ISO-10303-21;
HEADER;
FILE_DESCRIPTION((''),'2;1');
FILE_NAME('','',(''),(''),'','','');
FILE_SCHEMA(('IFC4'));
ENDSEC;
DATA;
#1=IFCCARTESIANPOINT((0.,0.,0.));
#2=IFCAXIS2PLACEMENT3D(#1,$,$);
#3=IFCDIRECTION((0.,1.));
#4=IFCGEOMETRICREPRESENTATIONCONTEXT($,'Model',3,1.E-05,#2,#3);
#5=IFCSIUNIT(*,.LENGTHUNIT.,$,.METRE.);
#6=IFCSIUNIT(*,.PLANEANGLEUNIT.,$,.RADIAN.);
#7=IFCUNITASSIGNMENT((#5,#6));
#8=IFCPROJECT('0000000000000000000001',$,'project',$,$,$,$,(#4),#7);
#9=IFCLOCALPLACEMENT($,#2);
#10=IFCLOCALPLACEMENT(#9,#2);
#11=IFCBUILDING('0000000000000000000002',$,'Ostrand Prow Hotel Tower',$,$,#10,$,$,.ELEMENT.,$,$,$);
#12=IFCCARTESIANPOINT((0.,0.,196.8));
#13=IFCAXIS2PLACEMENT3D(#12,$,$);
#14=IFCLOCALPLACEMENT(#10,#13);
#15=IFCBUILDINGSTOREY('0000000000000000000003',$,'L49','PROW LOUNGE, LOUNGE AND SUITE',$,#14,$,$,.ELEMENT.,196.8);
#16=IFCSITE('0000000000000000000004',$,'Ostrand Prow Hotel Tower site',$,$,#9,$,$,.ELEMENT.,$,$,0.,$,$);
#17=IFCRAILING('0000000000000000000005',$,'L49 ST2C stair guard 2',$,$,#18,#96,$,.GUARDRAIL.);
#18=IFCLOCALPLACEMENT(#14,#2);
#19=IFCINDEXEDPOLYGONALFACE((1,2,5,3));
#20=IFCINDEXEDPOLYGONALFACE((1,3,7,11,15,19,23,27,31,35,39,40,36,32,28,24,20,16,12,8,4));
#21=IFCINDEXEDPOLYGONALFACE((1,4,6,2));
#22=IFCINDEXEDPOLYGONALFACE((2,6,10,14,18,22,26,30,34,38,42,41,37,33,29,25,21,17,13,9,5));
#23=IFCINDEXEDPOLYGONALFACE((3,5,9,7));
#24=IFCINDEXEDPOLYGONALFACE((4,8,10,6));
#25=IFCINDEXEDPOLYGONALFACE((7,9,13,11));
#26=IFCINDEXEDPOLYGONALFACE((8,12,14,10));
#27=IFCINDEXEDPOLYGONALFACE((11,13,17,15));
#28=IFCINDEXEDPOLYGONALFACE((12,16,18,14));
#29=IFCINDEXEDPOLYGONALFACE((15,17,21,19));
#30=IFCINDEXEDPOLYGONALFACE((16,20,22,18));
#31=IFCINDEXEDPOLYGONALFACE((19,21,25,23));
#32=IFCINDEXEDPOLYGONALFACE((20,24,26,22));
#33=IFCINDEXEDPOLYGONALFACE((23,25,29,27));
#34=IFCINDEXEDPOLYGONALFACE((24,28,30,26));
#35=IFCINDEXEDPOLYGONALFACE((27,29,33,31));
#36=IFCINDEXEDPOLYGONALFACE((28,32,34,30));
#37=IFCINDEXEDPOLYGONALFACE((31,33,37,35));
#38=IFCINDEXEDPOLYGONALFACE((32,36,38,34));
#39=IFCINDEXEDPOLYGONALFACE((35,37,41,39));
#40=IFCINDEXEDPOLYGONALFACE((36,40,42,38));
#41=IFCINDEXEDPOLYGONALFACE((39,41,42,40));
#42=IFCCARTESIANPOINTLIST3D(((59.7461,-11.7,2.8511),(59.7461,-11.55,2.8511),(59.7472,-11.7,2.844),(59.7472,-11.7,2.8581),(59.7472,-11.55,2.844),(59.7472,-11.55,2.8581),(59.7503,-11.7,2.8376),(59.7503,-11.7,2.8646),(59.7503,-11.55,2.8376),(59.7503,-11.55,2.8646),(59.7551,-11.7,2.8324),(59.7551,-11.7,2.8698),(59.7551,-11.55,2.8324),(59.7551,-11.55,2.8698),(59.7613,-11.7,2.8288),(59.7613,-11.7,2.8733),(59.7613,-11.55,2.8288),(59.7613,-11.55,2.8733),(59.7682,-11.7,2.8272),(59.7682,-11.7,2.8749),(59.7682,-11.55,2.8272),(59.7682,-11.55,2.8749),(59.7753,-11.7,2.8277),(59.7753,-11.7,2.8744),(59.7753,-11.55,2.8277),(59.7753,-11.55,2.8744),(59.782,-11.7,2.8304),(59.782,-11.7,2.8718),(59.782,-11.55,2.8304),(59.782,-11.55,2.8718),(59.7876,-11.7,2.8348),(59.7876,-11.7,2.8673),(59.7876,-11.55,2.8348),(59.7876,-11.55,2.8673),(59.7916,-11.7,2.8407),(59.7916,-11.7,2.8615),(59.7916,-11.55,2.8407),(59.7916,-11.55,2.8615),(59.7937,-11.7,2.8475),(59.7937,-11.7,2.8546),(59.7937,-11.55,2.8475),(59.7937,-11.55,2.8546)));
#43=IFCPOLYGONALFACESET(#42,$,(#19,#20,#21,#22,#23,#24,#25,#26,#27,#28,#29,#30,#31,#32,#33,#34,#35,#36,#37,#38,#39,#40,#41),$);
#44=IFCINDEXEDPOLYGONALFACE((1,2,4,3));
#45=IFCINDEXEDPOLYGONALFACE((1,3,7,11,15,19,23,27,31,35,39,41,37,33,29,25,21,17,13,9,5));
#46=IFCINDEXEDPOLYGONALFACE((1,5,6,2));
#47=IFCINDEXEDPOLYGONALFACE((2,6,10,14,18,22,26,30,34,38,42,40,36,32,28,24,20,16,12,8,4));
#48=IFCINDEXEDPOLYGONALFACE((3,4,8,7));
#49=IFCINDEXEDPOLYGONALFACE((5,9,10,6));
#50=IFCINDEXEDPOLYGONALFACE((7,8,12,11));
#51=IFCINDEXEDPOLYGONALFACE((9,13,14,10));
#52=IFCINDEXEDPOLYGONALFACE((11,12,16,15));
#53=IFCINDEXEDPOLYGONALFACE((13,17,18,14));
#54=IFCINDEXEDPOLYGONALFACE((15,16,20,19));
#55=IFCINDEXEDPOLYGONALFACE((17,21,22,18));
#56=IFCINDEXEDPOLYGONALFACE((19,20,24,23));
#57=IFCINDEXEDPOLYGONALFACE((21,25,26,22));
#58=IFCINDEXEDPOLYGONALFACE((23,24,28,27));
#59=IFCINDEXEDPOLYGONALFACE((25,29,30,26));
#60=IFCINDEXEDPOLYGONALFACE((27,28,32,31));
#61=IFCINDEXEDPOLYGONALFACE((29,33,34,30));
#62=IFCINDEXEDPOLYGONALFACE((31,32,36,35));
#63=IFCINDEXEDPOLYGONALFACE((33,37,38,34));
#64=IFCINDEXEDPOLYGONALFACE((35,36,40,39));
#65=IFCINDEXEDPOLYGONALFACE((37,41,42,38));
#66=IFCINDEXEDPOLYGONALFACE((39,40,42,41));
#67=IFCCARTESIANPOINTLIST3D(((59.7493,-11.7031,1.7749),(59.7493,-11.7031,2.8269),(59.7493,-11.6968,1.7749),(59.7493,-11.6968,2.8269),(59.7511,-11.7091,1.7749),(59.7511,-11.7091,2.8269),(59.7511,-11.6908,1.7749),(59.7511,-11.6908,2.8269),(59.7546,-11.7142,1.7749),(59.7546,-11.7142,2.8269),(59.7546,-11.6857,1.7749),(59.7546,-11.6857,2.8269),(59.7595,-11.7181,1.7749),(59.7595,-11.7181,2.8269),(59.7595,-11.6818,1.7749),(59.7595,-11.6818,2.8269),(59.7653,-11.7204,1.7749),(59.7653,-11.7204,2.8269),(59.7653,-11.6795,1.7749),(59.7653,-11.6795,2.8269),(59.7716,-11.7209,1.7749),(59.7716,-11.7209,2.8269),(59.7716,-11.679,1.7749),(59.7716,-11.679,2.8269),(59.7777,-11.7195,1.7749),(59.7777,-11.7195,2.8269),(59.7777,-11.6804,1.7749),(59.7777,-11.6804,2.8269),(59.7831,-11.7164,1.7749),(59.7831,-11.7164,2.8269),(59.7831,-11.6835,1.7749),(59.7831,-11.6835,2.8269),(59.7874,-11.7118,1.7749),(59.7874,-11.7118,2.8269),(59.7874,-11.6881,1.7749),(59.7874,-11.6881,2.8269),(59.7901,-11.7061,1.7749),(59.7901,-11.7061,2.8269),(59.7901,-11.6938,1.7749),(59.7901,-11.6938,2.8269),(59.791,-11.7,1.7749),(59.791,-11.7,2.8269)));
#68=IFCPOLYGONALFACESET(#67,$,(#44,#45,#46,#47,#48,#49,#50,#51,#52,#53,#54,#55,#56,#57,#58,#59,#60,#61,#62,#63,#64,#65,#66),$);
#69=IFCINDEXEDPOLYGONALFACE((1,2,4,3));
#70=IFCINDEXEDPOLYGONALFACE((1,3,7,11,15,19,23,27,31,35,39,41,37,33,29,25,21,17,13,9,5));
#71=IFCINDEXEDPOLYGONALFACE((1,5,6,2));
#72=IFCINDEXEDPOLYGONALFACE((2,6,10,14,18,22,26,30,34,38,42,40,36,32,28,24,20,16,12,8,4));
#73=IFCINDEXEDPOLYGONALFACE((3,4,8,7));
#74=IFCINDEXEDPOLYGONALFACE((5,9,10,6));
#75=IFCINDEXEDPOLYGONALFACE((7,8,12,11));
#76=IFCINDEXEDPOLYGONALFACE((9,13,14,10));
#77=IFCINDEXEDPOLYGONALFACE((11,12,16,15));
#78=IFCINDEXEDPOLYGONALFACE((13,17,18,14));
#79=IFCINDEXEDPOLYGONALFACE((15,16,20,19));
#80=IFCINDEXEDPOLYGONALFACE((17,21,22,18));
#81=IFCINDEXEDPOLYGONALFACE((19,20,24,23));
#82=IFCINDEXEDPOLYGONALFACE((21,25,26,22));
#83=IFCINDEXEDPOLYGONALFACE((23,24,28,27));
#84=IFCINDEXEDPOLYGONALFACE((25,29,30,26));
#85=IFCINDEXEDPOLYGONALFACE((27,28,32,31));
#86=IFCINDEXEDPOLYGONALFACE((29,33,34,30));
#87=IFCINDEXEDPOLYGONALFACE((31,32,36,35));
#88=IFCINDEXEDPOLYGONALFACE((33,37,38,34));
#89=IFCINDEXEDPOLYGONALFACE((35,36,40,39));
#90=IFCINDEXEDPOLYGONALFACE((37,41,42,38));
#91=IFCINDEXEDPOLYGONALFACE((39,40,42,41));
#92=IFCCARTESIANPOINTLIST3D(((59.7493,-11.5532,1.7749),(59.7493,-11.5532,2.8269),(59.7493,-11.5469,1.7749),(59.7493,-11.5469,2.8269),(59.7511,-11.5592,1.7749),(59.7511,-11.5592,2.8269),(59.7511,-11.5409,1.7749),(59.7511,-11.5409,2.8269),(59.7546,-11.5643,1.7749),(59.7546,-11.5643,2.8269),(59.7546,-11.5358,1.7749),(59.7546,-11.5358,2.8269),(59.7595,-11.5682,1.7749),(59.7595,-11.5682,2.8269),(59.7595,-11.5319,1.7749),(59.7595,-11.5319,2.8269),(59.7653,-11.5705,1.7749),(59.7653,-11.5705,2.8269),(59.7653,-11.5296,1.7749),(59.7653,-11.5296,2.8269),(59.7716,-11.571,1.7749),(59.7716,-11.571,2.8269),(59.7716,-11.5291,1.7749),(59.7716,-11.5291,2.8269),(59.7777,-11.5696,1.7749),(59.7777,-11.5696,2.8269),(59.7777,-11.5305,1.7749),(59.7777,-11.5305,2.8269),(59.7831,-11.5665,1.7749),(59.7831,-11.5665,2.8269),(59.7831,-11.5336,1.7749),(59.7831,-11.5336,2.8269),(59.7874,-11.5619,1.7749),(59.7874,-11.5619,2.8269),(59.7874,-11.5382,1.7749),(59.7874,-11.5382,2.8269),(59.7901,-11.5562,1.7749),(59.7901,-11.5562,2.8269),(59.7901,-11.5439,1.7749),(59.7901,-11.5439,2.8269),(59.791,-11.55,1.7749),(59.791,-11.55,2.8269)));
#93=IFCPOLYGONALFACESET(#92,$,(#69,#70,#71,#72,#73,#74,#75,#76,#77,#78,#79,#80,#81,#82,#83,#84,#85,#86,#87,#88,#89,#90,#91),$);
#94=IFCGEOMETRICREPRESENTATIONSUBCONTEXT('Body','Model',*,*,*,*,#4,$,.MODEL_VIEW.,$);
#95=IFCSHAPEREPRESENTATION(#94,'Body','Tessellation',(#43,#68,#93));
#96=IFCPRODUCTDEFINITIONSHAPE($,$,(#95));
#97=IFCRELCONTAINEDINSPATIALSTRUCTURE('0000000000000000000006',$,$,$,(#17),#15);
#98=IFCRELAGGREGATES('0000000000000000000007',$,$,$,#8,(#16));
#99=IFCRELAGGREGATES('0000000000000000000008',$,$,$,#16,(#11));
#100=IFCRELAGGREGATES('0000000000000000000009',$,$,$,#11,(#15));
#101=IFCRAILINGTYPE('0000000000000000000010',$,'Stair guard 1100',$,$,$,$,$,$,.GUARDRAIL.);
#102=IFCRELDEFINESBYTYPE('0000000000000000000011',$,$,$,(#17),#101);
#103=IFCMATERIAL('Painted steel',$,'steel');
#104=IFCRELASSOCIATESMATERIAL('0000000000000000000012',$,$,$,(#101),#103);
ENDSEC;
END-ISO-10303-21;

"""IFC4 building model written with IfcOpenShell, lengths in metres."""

from ifc_helpers import new_model, si_unit, direction, frame, origin, origin_2d, place, context, subcontext, project, spatial, circle, extrude, material, type_object, element, save


model = new_model("IFC4")

# Units and contexts
model_context = context("Model", 3, precision=1e-05, world=origin(), true_north=direction((0.0, 1.0)))
body_context = subcontext(model_context, "Body", "Model", "MODEL_VIEW")
ifc_project = project(units=[si_unit("LENGTHUNIT", "METRE"), si_unit("PLANEANGLEUNIT", "RADIAN")], contexts=[model_context])

# Site, building, storey
site_placement = place(None, origin())
site = spatial("IfcSite", under=ifc_project, at=site_placement, Name="Ostrand Prow Hotel Tower site", CompositionType="ELEMENT", RefElevation=0.0)
building_placement = place(site_placement, origin())
building = spatial("IfcBuilding", under=site, at=building_placement, Name="Ostrand Prow Hotel Tower", CompositionType="ELEMENT")
storey_placement = place(building_placement, frame((0.0, 0.0, 196.8)))
storey = spatial("IfcBuildingStorey", under=building, at=storey_placement, Name="L49", Description="PROW LOUNGE, LOUNGE AND SUITE", CompositionType="ELEMENT", Elevation=196.8)

# Railing
ifc_material_1 = material(Name="Painted steel", Category="steel")
railing_type_1 = type_object("IfcRailingType", Name="Stair guard 1100", PredefinedType="GUARDRAIL", material=ifc_material_1)
railing_1_placement = place(storey_placement, frame((59.77, -11.7, 1.7749)))
element("IfcRailing", 1, at=railing_1_placement, inside=storey, type_object=railing_type_1, Name="L49 ST2C stair guard 2", PredefinedType="GUARDRAIL", context=body_context, shape_type="SweptSolid", body=[
    extrude(circle(Radius=0.0239, at=origin_2d()), frame((0.0, 0.0, 1.0762), z_axis=(0.0, 1.0, 0.0), x_axis=(-1.0, 0.0, 0.0)), (0.0, 0.0, 1.0), 0.1499),
    extrude(circle(Radius=0.021, at=origin_2d()), origin(), (0.0, 0.0, 1.0), 1.052),
    extrude(circle(Radius=0.021, at=origin_2d()), frame((0.0, 0.1499, 0.0)), (0.0, 0.0, 1.0), 1.052),
])

save(model, "model.ifc")
